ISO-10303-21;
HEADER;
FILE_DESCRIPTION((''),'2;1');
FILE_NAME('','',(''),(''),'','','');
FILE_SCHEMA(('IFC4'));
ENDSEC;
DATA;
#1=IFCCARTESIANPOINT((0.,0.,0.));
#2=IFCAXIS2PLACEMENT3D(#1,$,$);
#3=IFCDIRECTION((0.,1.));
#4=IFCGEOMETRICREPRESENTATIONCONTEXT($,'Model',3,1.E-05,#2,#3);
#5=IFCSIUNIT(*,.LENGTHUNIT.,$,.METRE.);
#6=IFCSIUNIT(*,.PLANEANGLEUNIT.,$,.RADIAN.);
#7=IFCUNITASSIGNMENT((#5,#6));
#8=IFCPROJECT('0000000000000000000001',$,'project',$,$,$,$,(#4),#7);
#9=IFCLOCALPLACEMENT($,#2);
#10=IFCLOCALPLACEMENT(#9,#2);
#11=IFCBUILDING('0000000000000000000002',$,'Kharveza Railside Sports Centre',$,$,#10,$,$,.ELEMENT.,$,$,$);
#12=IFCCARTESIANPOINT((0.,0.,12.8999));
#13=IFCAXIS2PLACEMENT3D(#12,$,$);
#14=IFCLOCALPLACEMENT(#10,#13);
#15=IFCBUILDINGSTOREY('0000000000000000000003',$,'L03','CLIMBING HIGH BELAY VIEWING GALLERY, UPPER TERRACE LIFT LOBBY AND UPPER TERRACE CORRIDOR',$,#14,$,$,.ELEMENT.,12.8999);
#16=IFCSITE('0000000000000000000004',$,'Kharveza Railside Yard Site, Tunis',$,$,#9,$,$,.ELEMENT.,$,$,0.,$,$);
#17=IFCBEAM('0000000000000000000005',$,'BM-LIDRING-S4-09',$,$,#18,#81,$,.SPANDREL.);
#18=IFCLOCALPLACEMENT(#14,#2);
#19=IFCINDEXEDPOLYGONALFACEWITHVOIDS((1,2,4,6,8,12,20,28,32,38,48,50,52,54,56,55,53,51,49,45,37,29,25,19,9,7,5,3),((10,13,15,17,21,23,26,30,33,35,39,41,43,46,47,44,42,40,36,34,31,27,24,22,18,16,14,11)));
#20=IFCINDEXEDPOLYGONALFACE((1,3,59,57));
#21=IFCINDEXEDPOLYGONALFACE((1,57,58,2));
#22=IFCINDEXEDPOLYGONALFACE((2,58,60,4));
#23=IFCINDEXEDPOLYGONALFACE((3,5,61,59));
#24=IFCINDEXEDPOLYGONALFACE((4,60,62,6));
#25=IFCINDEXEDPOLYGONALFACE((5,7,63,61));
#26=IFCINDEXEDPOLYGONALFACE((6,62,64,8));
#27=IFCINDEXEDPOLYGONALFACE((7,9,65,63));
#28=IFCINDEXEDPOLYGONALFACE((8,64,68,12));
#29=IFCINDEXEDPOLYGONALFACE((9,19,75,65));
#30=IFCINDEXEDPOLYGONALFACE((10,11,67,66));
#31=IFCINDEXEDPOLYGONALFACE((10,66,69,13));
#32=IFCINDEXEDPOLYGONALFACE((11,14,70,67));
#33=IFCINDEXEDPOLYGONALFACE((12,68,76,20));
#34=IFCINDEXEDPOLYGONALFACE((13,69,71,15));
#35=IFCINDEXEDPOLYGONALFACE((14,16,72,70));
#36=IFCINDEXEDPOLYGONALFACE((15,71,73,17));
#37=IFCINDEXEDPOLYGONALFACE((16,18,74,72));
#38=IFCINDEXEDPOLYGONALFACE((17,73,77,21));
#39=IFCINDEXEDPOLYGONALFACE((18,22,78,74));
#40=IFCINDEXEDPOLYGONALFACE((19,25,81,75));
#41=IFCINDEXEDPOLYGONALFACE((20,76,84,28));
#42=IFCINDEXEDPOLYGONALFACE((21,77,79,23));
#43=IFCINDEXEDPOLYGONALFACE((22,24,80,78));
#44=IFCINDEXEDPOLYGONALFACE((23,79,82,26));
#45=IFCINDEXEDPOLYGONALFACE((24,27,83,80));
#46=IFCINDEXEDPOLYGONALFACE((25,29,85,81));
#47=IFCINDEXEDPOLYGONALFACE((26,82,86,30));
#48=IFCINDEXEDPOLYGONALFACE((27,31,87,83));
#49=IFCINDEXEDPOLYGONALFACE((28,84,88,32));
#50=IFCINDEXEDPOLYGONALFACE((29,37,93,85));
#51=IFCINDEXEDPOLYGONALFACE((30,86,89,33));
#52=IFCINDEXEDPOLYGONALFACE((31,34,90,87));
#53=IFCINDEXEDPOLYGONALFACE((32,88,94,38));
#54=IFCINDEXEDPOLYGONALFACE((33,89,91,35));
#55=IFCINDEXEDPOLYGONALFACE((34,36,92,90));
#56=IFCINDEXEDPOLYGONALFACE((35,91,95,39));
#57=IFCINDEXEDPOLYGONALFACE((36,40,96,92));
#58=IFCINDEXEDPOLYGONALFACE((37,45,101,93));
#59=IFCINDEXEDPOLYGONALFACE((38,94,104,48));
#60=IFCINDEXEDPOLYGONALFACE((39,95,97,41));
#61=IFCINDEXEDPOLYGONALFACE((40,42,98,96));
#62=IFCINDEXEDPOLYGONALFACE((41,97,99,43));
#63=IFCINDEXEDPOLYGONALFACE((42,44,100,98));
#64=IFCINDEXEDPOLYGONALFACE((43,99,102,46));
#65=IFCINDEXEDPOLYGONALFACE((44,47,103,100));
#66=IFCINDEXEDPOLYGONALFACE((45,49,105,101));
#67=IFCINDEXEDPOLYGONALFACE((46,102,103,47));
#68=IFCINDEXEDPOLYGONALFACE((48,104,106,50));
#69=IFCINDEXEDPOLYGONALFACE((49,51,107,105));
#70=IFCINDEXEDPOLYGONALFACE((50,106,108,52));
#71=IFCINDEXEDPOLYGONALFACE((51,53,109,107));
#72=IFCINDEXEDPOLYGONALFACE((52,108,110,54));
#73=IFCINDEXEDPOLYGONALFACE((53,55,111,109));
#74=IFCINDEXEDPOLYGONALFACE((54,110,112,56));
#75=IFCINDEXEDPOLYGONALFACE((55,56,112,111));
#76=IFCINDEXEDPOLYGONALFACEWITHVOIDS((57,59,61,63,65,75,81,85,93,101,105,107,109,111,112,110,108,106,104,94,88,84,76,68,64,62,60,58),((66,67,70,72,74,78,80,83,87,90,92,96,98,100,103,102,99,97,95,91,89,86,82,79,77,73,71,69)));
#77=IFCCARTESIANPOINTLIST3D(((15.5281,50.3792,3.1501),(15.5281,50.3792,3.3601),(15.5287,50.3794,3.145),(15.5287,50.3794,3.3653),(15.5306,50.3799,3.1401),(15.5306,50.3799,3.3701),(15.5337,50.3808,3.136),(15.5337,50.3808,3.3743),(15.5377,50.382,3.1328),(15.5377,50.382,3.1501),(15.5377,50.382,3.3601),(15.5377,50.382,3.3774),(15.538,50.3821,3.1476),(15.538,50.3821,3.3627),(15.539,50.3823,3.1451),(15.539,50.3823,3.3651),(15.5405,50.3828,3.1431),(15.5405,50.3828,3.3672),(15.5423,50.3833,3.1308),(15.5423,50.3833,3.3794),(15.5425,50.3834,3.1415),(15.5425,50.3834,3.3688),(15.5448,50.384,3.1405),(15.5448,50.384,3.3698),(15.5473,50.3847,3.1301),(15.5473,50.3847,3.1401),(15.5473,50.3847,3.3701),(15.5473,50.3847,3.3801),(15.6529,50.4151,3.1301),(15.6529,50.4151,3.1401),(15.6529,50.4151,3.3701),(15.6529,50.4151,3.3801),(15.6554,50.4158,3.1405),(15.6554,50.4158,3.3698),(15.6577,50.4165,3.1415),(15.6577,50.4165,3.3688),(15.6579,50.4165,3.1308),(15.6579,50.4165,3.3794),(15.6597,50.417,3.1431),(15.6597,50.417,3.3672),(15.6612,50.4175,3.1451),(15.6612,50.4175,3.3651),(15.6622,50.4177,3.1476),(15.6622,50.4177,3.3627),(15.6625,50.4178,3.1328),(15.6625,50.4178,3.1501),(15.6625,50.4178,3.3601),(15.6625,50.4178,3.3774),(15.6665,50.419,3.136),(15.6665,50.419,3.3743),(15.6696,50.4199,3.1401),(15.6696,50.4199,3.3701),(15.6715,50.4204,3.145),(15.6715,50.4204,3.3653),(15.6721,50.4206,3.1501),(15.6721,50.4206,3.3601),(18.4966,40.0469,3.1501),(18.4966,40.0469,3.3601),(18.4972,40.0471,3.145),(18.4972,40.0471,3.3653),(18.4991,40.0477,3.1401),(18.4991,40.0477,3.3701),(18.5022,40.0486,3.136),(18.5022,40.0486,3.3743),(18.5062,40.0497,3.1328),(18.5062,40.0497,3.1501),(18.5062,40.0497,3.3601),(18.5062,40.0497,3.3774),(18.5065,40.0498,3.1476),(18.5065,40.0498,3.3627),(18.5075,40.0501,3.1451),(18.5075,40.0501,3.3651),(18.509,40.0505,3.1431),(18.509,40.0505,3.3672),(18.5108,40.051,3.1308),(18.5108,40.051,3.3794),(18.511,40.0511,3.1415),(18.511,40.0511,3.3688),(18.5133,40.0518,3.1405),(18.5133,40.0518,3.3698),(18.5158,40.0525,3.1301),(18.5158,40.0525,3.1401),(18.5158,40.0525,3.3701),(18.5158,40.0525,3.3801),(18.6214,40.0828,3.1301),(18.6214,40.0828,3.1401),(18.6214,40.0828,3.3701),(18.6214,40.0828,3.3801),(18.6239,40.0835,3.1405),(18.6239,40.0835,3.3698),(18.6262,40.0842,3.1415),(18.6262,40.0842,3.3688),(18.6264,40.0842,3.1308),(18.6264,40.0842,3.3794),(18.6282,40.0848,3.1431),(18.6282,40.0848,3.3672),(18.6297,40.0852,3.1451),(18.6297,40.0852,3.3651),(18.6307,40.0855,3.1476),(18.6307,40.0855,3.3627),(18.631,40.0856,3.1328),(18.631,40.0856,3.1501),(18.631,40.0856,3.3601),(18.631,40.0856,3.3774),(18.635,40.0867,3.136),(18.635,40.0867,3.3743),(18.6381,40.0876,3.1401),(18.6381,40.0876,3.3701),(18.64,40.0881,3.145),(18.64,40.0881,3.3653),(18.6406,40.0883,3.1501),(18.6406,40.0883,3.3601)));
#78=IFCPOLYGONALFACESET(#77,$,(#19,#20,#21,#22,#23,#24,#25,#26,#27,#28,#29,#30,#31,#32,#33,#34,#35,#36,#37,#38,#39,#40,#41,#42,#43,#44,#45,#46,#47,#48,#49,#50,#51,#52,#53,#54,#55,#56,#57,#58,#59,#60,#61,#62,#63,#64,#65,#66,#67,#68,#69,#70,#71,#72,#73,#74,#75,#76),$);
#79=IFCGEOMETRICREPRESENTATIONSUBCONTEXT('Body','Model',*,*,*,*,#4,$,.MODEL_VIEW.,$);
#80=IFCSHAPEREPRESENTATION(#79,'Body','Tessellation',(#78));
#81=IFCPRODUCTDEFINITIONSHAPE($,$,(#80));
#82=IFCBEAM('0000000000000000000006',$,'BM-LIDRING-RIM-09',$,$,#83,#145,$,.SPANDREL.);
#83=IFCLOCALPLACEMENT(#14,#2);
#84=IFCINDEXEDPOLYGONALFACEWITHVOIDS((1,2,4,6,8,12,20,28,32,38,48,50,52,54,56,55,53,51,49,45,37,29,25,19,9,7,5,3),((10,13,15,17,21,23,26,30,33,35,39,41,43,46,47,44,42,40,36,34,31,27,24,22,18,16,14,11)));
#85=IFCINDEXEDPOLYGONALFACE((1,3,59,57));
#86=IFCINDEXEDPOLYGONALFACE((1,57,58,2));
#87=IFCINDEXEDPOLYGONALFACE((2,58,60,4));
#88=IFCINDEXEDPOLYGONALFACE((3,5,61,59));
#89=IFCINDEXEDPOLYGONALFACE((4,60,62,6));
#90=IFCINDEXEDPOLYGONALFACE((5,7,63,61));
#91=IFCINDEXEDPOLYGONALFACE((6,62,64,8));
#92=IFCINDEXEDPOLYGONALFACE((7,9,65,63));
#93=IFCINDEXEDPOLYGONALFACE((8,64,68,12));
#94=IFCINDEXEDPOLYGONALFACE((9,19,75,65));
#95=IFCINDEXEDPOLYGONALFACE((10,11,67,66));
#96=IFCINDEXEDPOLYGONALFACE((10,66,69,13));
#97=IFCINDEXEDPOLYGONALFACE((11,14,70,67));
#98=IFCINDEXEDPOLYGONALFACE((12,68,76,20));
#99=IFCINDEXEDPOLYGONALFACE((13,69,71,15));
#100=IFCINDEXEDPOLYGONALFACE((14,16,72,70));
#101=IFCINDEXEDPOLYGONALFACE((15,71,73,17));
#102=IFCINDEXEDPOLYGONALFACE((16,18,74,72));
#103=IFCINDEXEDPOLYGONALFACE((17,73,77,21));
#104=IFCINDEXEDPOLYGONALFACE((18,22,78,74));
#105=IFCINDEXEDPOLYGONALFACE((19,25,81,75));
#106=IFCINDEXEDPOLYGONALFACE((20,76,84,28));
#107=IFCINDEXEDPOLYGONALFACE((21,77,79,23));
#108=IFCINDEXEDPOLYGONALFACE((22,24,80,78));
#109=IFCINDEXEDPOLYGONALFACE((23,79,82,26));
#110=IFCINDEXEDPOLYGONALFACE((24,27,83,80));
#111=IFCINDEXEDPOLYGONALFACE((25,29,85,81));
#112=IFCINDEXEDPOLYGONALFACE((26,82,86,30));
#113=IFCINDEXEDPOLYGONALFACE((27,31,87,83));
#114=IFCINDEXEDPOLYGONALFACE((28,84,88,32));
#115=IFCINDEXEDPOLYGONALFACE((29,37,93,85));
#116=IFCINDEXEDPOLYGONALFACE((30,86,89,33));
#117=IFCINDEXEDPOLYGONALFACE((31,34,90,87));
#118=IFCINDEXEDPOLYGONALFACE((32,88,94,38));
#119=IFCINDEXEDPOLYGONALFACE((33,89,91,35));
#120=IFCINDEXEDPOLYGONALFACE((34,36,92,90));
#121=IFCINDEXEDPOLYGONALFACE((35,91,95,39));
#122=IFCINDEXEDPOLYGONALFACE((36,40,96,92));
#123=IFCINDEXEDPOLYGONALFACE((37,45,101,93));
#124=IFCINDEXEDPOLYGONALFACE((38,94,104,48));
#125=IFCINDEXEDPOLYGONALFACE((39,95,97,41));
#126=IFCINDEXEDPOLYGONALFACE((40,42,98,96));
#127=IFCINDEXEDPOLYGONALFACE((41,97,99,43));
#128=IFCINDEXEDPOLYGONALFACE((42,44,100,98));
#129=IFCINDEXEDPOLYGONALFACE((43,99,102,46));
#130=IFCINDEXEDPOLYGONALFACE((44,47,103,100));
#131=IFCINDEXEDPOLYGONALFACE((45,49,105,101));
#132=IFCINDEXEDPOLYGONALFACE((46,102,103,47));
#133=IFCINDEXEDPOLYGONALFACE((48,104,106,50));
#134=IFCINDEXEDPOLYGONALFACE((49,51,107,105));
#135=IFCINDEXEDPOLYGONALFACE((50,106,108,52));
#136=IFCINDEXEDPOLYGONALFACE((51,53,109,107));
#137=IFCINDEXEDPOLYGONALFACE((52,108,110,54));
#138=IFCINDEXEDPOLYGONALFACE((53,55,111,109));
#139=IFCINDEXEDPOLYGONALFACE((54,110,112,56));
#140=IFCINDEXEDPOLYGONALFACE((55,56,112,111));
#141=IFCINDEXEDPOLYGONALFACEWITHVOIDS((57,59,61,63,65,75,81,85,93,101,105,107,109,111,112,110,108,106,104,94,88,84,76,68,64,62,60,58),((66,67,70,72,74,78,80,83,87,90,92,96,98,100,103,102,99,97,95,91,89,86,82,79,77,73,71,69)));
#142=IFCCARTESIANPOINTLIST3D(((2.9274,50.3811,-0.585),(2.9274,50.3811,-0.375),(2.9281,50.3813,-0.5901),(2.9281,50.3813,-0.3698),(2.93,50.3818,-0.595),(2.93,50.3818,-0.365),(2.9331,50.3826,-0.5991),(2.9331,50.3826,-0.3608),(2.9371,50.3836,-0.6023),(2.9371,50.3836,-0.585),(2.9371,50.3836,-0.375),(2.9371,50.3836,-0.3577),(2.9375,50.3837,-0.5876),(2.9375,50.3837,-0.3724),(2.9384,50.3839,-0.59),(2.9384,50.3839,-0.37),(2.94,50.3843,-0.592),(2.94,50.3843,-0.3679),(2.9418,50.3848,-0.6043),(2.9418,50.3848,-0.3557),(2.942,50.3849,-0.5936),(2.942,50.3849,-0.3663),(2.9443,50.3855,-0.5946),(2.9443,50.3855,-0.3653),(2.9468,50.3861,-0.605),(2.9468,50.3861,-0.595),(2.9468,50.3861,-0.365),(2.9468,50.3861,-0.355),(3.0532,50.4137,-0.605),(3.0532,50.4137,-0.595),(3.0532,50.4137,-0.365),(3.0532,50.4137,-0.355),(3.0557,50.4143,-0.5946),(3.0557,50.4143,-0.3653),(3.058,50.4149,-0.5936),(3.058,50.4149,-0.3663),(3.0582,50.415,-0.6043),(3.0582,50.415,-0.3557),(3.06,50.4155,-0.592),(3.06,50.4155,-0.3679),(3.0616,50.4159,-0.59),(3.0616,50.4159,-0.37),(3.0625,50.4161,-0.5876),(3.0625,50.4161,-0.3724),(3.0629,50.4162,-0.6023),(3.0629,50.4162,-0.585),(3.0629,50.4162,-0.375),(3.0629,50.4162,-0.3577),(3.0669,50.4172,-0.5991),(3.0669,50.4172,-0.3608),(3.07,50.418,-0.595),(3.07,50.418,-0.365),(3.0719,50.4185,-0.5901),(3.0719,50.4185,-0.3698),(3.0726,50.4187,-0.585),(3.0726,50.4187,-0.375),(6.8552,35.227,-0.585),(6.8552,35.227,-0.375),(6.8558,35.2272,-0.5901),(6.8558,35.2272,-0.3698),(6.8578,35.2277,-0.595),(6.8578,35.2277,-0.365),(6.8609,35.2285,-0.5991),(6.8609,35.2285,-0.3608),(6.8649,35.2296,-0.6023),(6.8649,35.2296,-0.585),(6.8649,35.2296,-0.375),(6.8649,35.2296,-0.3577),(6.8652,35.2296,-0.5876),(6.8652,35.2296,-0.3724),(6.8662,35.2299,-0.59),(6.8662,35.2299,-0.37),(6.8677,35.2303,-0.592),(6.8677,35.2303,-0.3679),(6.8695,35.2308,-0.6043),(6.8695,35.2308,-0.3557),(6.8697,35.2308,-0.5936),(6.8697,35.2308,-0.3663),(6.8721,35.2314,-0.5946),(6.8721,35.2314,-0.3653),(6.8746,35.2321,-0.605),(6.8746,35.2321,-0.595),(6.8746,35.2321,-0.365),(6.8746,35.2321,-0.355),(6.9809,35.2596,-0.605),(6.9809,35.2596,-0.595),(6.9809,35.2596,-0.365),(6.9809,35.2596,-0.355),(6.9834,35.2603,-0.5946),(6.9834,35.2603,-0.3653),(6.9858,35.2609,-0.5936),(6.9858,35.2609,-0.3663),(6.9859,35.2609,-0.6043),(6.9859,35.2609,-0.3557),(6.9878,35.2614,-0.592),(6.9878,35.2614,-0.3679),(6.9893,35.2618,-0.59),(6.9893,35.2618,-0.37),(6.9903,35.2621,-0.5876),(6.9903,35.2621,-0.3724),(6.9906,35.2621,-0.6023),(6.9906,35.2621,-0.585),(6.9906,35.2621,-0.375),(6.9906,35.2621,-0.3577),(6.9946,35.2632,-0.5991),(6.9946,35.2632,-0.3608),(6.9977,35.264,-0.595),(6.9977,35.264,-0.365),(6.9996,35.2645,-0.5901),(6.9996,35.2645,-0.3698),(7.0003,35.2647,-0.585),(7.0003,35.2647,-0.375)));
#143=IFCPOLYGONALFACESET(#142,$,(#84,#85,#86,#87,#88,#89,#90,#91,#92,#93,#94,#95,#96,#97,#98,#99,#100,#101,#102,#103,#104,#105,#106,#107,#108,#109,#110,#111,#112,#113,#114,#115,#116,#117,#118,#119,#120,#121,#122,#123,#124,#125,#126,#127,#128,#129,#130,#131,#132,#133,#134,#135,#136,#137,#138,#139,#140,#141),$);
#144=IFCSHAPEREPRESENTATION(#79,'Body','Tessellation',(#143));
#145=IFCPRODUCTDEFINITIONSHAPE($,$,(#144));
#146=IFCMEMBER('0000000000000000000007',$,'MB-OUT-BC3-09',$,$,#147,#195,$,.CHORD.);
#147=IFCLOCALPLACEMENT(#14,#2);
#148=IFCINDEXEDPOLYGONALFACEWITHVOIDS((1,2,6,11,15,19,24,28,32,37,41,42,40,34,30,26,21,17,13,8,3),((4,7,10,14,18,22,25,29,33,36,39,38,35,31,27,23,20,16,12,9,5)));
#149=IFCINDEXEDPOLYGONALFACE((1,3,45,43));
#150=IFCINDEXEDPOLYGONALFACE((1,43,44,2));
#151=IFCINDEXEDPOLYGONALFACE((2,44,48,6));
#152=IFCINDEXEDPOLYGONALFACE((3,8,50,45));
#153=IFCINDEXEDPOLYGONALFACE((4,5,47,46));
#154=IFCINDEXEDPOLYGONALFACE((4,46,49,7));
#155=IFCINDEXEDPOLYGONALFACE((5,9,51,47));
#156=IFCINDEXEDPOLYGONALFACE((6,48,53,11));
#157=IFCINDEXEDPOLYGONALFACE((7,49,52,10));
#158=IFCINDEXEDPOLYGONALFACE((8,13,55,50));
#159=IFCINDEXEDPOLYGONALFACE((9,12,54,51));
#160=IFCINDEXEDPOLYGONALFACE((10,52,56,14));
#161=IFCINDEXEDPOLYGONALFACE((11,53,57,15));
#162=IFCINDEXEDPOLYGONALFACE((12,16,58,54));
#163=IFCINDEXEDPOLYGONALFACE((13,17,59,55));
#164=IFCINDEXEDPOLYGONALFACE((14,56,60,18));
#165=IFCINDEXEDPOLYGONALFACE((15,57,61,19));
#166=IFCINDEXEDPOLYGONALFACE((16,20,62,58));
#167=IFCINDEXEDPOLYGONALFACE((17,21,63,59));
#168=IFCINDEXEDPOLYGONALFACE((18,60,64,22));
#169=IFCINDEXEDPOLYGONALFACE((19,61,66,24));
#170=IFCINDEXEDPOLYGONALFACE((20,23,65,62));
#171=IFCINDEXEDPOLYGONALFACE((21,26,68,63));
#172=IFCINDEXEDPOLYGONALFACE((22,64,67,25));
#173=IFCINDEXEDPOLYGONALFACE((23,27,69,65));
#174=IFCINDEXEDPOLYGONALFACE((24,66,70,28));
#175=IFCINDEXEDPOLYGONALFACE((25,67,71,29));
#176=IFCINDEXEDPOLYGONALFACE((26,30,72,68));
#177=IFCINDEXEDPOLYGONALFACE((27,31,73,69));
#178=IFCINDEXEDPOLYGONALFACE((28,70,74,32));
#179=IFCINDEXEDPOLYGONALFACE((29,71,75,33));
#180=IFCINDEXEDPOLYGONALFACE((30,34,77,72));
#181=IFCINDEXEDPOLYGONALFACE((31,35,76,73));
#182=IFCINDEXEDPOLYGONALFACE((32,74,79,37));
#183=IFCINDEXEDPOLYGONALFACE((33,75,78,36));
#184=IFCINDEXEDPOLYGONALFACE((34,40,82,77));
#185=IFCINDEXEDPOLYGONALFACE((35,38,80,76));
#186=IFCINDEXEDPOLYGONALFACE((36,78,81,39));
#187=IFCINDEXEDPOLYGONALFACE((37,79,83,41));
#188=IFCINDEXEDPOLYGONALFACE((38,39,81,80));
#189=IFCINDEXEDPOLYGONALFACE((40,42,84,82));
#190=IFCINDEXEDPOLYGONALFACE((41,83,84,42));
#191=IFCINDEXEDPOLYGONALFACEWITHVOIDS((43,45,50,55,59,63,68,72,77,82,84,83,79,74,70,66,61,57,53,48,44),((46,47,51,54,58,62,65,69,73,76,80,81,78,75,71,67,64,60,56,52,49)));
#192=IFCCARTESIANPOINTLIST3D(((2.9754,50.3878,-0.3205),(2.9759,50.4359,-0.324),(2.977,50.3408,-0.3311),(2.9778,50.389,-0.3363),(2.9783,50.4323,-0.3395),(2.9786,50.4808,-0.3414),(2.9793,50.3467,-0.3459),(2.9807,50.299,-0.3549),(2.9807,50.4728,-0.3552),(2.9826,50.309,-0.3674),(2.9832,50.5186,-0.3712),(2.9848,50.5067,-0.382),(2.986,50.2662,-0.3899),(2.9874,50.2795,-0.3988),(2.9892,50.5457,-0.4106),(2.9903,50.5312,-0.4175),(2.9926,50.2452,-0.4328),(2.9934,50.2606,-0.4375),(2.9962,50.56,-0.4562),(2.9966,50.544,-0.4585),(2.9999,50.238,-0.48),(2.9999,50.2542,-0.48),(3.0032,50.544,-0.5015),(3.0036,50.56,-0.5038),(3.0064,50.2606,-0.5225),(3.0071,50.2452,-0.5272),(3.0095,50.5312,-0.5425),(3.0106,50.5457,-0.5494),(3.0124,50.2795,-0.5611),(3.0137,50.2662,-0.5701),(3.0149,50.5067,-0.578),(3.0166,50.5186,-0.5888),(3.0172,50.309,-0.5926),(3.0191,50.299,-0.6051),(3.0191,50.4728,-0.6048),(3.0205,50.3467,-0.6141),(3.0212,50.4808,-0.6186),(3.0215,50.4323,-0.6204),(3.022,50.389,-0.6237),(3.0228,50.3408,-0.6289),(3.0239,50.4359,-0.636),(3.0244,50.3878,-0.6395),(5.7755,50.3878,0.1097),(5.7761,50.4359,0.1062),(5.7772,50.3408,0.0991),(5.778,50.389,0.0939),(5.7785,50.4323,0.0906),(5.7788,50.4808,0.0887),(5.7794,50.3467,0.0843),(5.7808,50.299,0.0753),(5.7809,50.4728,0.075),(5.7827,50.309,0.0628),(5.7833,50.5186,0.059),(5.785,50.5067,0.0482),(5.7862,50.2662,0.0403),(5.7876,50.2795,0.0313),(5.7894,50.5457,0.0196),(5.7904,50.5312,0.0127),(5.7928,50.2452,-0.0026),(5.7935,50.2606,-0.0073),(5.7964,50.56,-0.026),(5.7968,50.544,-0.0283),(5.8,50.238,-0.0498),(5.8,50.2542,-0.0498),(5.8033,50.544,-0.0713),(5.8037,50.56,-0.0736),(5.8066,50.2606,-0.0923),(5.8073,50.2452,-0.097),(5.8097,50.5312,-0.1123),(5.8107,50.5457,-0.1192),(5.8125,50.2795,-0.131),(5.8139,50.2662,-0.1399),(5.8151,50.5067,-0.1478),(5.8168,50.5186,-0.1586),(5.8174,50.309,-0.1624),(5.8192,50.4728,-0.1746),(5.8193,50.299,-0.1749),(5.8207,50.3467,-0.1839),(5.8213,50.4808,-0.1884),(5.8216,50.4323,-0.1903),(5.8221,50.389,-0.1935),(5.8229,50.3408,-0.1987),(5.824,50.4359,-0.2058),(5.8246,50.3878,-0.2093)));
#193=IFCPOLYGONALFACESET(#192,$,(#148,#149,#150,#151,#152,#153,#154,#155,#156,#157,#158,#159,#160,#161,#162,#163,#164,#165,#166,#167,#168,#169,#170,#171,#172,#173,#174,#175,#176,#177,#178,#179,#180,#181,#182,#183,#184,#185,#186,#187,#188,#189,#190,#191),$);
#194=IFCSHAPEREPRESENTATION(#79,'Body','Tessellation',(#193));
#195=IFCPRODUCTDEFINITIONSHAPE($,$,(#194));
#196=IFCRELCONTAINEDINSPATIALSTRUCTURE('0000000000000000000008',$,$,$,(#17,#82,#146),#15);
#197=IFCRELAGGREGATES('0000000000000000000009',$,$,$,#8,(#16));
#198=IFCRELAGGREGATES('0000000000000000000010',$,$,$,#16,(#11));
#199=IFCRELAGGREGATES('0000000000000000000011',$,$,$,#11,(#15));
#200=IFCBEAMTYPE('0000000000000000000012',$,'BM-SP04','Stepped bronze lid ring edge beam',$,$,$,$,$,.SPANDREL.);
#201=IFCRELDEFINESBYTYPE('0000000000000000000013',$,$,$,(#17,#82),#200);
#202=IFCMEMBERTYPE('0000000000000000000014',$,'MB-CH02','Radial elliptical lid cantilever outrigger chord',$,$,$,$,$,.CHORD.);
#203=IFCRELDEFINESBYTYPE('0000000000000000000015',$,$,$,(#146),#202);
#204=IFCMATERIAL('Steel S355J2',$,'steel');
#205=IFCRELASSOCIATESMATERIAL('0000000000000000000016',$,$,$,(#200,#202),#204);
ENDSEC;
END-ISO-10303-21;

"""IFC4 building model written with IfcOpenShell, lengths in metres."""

from ifc_helpers import new_model, si_unit, direction, frame, origin, origin_2d, place, context, subcontext, project, spatial, hollow_rectangle, hollow_circle, extrude, material, material_profile, profile_set, type_object, element, save


model = new_model("IFC4")

# Units and contexts
model_context = context("Model", 3, precision=1e-05, world=origin(), true_north=direction((0.0, 1.0)))
body_context = subcontext(model_context, "Body", "Model", "MODEL_VIEW")
ifc_project = project(units=[si_unit("LENGTHUNIT", "METRE"), si_unit("PLANEANGLEUNIT", "RADIAN")], contexts=[model_context])

# Site, building, storey
site_placement = place(None, origin())
site = spatial("IfcSite", under=ifc_project, at=site_placement, Name="Kharveza Railside Yard Site, Tunis", CompositionType="ELEMENT", RefElevation=0.0)
building_placement = place(site_placement, origin())
building = spatial("IfcBuilding", under=site, at=building_placement, Name="Kharveza Railside Sports Centre", CompositionType="ELEMENT")
storey_placement = place(building_placement, frame((0.0, 0.0, 12.8999)))
storey = spatial("IfcBuildingStorey", under=building, at=storey_placement, Name="L03", Description="CLIMBING HIGH BELAY VIEWING GALLERY, UPPER TERRACE LIFT LOBBY AND UPPER TERRACE CORRIDOR", CompositionType="ELEMENT", Elevation=12.8999)

# Beams
ifc_material_1 = material(Name="Steel S355J2", Category="steel")
ifc_material_profile_1 = material_profile(ifc_material_1, hollow_rectangle(XDim=0.1499, YDim=0.25, WallThickness=0.01, InnerFilletRadius=0.01, OuterFilletRadius=0.02, at=origin_2d()), Name="RHS 150x250x10.0")
ifc_profile_set_1 = profile_set([ifc_material_profile_1], Name="Steel S355J2")
beam_type = type_object("IfcBeamType", Name="BM-SP04", Description="Stepped bronze lid ring edge beam", PredefinedType="SPANDREL", material=ifc_profile_set_1)
beam_1_placement = place(storey_placement, frame((15.6001, 50.3999, 3.2551), z_axis=(0.276134, -0.961119, 0.0), x_axis=(0.961119, 0.276134, 0.0)))
element("IfcBeam", 1, at=beam_1_placement, inside=storey, type_object=beam_type, Name="BM-LIDRING-S4-09", PredefinedType="SPANDREL", context=body_context, shape_type="SweptSolid", body=[
    extrude(hollow_rectangle(XDim=0.1499, YDim=0.25, WallThickness=0.01, InnerFilletRadius=0.01, OuterFilletRadius=0.02, at=origin_2d()), origin(), (0.0, 0.0, 1.0), 10.7502),
])
beam_2_placement = place(storey_placement, frame((3.0, 50.3999, -0.48), z_axis=(0.250897, -0.968014, 0.0), x_axis=(0.968014, 0.250897, 0.0)))
element("IfcBeam", 2, at=beam_2_placement, inside=storey, type_object=beam_type, Name="BM-LIDRING-RIM-09", PredefinedType="SPANDREL", context=body_context, shape_type="SweptSolid", body=[
    extrude(hollow_rectangle(XDim=0.1499, YDim=0.25, WallThickness=0.01, InnerFilletRadius=0.01, OuterFilletRadius=0.02, at=origin_2d()), origin(), (0.0, 0.0, 1.0), 15.6548),
])

# Member
ifc_material_profile_2 = material_profile(ifc_material_1, hollow_circle(Radius=0.1619, WallThickness=0.0161, at=origin_2d()), Name="CHS 323.9x16.0")
ifc_profile_set_2 = profile_set([ifc_material_profile_2], Name="Steel S355J2")
member_type_1 = type_object("IfcMemberType", Name="MB-CH02", Description="Radial elliptical lid cantilever outrigger chord", PredefinedType="CHORD", material=ifc_profile_set_2)
member_1_placement = place(storey_placement, frame((5.8, 50.3999, -0.0498), z_axis=(-0.988404, 0.0, -0.15185), x_axis=(0.0, -1.0, 0.0)))
element("IfcMember", 3, at=member_1_placement, inside=storey, type_object=member_type_1, Name="MB-OUT-BC3-09", PredefinedType="CHORD", context=body_context, shape_type="SweptSolid", body=[
    extrude(hollow_circle(Radius=0.1619, WallThickness=0.0161, at=origin_2d()), origin(), (0.0, 0.0, 1.0), 2.833),
])

save(model, "model.ifc")
